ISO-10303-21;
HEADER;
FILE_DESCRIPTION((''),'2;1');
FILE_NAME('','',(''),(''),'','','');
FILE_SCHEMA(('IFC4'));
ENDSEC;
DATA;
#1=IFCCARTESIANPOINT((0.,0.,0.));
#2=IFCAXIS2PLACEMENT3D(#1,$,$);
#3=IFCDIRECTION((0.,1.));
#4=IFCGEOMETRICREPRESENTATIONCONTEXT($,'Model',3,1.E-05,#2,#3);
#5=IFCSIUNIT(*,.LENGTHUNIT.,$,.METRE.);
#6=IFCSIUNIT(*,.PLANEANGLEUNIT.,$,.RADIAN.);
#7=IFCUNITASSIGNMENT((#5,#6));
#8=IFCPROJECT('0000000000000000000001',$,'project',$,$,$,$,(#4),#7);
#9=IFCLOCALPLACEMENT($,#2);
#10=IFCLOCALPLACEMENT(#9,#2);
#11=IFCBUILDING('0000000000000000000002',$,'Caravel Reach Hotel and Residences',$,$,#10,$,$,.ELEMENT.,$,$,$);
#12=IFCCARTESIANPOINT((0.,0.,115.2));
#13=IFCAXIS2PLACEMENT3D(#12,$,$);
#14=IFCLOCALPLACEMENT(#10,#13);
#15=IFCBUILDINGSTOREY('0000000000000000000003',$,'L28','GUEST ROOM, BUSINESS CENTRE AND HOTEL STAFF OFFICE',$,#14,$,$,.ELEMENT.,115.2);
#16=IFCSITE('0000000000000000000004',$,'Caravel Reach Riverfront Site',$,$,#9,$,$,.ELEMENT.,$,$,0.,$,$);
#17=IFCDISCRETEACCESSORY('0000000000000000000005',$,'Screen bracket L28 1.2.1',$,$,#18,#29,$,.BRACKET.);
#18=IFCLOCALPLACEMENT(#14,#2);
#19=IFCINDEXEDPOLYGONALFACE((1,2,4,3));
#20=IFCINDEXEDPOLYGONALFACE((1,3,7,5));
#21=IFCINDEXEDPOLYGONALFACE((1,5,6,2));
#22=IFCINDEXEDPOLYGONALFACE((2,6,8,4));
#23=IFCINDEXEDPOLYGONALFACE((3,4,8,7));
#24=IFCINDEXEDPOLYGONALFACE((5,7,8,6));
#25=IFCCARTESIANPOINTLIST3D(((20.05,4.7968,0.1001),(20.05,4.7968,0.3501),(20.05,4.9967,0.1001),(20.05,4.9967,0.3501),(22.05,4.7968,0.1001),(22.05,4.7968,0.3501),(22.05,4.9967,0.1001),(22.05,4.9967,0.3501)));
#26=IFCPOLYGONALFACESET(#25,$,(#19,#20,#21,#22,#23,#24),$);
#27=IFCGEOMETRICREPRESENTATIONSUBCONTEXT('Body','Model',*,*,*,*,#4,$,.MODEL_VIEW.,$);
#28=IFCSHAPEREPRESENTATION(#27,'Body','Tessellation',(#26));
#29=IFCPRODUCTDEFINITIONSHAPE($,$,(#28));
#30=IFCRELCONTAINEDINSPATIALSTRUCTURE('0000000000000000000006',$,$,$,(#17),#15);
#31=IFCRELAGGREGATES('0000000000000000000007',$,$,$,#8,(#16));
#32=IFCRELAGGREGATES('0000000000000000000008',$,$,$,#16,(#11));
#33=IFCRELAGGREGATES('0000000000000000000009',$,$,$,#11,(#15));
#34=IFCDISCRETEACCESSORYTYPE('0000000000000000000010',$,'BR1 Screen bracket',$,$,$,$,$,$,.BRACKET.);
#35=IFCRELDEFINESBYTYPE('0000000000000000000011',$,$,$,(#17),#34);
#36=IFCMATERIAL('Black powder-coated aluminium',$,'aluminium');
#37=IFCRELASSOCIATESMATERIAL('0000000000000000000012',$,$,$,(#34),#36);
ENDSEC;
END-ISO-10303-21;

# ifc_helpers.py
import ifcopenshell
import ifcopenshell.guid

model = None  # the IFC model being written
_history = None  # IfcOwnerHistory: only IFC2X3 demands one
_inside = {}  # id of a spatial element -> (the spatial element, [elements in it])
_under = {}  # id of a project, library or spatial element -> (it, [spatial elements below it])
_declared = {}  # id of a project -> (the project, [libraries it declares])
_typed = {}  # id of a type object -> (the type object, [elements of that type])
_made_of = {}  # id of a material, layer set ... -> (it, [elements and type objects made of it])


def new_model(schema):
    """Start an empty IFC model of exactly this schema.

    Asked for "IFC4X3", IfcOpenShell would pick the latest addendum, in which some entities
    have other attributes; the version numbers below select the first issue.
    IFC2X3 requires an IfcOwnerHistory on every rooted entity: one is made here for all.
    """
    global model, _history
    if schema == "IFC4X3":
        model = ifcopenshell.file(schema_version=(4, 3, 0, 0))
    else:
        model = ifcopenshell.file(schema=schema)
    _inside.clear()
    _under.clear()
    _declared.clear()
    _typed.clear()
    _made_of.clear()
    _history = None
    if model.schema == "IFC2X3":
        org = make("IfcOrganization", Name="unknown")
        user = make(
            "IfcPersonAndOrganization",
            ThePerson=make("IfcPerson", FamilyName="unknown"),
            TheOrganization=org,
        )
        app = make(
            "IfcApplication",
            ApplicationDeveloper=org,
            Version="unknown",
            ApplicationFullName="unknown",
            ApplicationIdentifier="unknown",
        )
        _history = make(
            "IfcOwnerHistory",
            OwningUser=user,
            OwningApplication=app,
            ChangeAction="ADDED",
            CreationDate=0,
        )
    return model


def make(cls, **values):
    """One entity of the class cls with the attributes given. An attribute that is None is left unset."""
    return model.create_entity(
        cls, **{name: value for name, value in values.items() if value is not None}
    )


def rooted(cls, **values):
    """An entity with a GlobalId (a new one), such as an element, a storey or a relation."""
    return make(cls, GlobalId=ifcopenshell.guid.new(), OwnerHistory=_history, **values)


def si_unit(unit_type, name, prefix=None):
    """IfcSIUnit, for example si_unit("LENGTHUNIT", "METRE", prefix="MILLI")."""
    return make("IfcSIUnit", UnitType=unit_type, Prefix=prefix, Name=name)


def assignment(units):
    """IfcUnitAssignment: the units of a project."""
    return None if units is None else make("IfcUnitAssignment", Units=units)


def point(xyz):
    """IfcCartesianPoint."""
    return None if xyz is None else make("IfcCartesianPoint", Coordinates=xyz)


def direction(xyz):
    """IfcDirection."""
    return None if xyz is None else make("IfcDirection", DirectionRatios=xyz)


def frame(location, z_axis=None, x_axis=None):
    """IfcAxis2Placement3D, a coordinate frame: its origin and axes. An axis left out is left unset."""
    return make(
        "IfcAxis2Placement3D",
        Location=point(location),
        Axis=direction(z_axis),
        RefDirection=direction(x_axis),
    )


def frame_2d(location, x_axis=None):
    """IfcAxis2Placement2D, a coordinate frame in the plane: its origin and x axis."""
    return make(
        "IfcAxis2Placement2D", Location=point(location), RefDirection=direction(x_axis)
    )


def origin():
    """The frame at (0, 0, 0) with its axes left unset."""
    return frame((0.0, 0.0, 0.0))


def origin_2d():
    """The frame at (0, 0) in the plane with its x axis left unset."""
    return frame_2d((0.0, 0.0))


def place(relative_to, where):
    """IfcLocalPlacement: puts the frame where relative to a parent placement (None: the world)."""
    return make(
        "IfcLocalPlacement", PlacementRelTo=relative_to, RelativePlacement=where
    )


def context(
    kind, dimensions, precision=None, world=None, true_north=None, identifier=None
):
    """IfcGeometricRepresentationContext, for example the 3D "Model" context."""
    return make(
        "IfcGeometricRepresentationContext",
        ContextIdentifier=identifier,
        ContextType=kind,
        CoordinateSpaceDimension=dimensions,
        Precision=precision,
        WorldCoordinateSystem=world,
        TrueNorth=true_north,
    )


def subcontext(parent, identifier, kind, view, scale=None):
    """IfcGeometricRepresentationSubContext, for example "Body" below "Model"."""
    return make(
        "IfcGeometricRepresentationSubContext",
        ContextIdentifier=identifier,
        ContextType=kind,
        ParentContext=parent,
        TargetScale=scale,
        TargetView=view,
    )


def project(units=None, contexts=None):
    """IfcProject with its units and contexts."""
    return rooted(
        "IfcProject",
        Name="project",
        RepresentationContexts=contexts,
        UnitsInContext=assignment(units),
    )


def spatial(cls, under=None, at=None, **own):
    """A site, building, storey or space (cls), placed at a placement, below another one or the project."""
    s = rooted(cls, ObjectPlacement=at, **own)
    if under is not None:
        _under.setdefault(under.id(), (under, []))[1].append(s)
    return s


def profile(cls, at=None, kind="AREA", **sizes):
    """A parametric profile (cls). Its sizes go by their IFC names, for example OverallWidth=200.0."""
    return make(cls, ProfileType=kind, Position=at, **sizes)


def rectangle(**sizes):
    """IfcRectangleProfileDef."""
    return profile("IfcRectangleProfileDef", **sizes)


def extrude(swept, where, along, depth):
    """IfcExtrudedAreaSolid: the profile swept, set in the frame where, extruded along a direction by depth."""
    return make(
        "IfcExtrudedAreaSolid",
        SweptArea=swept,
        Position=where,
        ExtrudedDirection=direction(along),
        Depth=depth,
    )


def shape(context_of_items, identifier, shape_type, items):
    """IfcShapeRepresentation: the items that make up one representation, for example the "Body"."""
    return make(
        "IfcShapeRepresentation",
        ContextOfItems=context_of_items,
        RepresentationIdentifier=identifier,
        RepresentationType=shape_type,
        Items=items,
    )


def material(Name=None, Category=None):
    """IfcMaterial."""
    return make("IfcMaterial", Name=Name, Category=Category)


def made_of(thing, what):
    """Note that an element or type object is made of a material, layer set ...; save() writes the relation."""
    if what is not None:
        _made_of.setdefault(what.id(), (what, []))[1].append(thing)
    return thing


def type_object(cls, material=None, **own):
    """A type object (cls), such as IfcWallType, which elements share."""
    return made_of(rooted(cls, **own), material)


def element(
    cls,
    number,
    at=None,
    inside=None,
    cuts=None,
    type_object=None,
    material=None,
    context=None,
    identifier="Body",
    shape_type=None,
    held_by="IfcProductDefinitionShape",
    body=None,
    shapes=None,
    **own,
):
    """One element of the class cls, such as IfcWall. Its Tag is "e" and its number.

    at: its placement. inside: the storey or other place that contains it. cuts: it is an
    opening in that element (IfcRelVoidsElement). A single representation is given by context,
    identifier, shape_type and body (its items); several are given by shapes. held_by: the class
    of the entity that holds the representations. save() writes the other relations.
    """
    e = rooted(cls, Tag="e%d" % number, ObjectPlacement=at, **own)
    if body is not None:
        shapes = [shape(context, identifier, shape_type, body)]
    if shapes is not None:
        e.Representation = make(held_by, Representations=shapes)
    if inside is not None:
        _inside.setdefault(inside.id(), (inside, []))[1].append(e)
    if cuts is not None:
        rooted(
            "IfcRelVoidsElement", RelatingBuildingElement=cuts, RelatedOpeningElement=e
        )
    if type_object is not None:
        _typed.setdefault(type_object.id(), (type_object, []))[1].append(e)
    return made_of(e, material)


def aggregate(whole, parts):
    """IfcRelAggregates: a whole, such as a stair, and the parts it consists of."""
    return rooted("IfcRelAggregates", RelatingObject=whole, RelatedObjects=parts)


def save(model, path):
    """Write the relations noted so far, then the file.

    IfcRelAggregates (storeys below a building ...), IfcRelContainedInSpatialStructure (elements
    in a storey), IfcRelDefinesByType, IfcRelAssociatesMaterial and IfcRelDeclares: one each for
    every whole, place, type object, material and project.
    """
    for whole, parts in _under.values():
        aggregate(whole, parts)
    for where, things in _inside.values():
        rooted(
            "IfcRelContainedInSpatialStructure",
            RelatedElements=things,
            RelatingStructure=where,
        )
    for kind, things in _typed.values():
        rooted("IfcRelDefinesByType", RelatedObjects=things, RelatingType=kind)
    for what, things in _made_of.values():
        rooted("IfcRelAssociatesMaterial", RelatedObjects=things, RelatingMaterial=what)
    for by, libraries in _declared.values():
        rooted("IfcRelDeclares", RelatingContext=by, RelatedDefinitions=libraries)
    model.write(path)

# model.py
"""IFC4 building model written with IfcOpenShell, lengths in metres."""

from ifc_helpers import new_model, si_unit, direction, frame, origin, origin_2d, place, context, subcontext, project, spatial, rectangle, extrude, material, type_object, element, save


model = new_model("IFC4")

# Units and contexts
model_context = context("Model", 3, precision=1e-05, world=origin(), true_north=direction((0.0, 1.0)))
body_context = subcontext(model_context, "Body", "Model", "MODEL_VIEW")
ifc_project = project(units=[si_unit("LENGTHUNIT", "METRE"), si_unit("PLANEANGLEUNIT", "RADIAN")], contexts=[model_context])

# Site, building, storey
site_placement = place(None, origin())
site = spatial("IfcSite", under=ifc_project, at=site_placement, Name="Caravel Reach Riverfront Site", CompositionType="ELEMENT", RefElevation=0.0)
building_placement = place(site_placement, origin())
building = spatial("IfcBuilding", under=site, at=building_placement, Name="Caravel Reach Hotel and Residences", CompositionType="ELEMENT")
storey_placement = place(building_placement, frame((0.0, 0.0, 115.2)))
storey = spatial("IfcBuildingStorey", under=building, at=storey_placement, Name="L28", Description="GUEST ROOM, BUSINESS CENTRE AND HOTEL STAFF OFFICE", CompositionType="ELEMENT", Elevation=115.2)

# Discrete accessory
ifc_material_1 = material(Name="Black powder-coated aluminium", Category="aluminium")
discrete_accessory_type = type_object("IfcDiscreteAccessoryType", Name="BR1 Screen bracket", PredefinedType="BRACKET", material=ifc_material_1)
for number, where, z_axis, x_axis, name in (
    (1, (21.05, 4.8967, 0.1001), (0.0, 0.0, 1.0), (-1.0, 0.0, 0.0), "Screen bracket L28 1.2.1"),
):
    element("IfcDiscreteAccessory", number, at=place(storey_placement, frame(where, z_axis=z_axis, x_axis=x_axis)), inside=storey, type_object=discrete_accessory_type, Name=name, PredefinedType="BRACKET", context=body_context, shape_type="SweptSolid", body=[
        extrude(rectangle(XDim=2.0, YDim=0.2, at=origin_2d()), origin(), (0.0, 0.0, 1.0), 0.25),
    ])

save(model, "model.ifc")
